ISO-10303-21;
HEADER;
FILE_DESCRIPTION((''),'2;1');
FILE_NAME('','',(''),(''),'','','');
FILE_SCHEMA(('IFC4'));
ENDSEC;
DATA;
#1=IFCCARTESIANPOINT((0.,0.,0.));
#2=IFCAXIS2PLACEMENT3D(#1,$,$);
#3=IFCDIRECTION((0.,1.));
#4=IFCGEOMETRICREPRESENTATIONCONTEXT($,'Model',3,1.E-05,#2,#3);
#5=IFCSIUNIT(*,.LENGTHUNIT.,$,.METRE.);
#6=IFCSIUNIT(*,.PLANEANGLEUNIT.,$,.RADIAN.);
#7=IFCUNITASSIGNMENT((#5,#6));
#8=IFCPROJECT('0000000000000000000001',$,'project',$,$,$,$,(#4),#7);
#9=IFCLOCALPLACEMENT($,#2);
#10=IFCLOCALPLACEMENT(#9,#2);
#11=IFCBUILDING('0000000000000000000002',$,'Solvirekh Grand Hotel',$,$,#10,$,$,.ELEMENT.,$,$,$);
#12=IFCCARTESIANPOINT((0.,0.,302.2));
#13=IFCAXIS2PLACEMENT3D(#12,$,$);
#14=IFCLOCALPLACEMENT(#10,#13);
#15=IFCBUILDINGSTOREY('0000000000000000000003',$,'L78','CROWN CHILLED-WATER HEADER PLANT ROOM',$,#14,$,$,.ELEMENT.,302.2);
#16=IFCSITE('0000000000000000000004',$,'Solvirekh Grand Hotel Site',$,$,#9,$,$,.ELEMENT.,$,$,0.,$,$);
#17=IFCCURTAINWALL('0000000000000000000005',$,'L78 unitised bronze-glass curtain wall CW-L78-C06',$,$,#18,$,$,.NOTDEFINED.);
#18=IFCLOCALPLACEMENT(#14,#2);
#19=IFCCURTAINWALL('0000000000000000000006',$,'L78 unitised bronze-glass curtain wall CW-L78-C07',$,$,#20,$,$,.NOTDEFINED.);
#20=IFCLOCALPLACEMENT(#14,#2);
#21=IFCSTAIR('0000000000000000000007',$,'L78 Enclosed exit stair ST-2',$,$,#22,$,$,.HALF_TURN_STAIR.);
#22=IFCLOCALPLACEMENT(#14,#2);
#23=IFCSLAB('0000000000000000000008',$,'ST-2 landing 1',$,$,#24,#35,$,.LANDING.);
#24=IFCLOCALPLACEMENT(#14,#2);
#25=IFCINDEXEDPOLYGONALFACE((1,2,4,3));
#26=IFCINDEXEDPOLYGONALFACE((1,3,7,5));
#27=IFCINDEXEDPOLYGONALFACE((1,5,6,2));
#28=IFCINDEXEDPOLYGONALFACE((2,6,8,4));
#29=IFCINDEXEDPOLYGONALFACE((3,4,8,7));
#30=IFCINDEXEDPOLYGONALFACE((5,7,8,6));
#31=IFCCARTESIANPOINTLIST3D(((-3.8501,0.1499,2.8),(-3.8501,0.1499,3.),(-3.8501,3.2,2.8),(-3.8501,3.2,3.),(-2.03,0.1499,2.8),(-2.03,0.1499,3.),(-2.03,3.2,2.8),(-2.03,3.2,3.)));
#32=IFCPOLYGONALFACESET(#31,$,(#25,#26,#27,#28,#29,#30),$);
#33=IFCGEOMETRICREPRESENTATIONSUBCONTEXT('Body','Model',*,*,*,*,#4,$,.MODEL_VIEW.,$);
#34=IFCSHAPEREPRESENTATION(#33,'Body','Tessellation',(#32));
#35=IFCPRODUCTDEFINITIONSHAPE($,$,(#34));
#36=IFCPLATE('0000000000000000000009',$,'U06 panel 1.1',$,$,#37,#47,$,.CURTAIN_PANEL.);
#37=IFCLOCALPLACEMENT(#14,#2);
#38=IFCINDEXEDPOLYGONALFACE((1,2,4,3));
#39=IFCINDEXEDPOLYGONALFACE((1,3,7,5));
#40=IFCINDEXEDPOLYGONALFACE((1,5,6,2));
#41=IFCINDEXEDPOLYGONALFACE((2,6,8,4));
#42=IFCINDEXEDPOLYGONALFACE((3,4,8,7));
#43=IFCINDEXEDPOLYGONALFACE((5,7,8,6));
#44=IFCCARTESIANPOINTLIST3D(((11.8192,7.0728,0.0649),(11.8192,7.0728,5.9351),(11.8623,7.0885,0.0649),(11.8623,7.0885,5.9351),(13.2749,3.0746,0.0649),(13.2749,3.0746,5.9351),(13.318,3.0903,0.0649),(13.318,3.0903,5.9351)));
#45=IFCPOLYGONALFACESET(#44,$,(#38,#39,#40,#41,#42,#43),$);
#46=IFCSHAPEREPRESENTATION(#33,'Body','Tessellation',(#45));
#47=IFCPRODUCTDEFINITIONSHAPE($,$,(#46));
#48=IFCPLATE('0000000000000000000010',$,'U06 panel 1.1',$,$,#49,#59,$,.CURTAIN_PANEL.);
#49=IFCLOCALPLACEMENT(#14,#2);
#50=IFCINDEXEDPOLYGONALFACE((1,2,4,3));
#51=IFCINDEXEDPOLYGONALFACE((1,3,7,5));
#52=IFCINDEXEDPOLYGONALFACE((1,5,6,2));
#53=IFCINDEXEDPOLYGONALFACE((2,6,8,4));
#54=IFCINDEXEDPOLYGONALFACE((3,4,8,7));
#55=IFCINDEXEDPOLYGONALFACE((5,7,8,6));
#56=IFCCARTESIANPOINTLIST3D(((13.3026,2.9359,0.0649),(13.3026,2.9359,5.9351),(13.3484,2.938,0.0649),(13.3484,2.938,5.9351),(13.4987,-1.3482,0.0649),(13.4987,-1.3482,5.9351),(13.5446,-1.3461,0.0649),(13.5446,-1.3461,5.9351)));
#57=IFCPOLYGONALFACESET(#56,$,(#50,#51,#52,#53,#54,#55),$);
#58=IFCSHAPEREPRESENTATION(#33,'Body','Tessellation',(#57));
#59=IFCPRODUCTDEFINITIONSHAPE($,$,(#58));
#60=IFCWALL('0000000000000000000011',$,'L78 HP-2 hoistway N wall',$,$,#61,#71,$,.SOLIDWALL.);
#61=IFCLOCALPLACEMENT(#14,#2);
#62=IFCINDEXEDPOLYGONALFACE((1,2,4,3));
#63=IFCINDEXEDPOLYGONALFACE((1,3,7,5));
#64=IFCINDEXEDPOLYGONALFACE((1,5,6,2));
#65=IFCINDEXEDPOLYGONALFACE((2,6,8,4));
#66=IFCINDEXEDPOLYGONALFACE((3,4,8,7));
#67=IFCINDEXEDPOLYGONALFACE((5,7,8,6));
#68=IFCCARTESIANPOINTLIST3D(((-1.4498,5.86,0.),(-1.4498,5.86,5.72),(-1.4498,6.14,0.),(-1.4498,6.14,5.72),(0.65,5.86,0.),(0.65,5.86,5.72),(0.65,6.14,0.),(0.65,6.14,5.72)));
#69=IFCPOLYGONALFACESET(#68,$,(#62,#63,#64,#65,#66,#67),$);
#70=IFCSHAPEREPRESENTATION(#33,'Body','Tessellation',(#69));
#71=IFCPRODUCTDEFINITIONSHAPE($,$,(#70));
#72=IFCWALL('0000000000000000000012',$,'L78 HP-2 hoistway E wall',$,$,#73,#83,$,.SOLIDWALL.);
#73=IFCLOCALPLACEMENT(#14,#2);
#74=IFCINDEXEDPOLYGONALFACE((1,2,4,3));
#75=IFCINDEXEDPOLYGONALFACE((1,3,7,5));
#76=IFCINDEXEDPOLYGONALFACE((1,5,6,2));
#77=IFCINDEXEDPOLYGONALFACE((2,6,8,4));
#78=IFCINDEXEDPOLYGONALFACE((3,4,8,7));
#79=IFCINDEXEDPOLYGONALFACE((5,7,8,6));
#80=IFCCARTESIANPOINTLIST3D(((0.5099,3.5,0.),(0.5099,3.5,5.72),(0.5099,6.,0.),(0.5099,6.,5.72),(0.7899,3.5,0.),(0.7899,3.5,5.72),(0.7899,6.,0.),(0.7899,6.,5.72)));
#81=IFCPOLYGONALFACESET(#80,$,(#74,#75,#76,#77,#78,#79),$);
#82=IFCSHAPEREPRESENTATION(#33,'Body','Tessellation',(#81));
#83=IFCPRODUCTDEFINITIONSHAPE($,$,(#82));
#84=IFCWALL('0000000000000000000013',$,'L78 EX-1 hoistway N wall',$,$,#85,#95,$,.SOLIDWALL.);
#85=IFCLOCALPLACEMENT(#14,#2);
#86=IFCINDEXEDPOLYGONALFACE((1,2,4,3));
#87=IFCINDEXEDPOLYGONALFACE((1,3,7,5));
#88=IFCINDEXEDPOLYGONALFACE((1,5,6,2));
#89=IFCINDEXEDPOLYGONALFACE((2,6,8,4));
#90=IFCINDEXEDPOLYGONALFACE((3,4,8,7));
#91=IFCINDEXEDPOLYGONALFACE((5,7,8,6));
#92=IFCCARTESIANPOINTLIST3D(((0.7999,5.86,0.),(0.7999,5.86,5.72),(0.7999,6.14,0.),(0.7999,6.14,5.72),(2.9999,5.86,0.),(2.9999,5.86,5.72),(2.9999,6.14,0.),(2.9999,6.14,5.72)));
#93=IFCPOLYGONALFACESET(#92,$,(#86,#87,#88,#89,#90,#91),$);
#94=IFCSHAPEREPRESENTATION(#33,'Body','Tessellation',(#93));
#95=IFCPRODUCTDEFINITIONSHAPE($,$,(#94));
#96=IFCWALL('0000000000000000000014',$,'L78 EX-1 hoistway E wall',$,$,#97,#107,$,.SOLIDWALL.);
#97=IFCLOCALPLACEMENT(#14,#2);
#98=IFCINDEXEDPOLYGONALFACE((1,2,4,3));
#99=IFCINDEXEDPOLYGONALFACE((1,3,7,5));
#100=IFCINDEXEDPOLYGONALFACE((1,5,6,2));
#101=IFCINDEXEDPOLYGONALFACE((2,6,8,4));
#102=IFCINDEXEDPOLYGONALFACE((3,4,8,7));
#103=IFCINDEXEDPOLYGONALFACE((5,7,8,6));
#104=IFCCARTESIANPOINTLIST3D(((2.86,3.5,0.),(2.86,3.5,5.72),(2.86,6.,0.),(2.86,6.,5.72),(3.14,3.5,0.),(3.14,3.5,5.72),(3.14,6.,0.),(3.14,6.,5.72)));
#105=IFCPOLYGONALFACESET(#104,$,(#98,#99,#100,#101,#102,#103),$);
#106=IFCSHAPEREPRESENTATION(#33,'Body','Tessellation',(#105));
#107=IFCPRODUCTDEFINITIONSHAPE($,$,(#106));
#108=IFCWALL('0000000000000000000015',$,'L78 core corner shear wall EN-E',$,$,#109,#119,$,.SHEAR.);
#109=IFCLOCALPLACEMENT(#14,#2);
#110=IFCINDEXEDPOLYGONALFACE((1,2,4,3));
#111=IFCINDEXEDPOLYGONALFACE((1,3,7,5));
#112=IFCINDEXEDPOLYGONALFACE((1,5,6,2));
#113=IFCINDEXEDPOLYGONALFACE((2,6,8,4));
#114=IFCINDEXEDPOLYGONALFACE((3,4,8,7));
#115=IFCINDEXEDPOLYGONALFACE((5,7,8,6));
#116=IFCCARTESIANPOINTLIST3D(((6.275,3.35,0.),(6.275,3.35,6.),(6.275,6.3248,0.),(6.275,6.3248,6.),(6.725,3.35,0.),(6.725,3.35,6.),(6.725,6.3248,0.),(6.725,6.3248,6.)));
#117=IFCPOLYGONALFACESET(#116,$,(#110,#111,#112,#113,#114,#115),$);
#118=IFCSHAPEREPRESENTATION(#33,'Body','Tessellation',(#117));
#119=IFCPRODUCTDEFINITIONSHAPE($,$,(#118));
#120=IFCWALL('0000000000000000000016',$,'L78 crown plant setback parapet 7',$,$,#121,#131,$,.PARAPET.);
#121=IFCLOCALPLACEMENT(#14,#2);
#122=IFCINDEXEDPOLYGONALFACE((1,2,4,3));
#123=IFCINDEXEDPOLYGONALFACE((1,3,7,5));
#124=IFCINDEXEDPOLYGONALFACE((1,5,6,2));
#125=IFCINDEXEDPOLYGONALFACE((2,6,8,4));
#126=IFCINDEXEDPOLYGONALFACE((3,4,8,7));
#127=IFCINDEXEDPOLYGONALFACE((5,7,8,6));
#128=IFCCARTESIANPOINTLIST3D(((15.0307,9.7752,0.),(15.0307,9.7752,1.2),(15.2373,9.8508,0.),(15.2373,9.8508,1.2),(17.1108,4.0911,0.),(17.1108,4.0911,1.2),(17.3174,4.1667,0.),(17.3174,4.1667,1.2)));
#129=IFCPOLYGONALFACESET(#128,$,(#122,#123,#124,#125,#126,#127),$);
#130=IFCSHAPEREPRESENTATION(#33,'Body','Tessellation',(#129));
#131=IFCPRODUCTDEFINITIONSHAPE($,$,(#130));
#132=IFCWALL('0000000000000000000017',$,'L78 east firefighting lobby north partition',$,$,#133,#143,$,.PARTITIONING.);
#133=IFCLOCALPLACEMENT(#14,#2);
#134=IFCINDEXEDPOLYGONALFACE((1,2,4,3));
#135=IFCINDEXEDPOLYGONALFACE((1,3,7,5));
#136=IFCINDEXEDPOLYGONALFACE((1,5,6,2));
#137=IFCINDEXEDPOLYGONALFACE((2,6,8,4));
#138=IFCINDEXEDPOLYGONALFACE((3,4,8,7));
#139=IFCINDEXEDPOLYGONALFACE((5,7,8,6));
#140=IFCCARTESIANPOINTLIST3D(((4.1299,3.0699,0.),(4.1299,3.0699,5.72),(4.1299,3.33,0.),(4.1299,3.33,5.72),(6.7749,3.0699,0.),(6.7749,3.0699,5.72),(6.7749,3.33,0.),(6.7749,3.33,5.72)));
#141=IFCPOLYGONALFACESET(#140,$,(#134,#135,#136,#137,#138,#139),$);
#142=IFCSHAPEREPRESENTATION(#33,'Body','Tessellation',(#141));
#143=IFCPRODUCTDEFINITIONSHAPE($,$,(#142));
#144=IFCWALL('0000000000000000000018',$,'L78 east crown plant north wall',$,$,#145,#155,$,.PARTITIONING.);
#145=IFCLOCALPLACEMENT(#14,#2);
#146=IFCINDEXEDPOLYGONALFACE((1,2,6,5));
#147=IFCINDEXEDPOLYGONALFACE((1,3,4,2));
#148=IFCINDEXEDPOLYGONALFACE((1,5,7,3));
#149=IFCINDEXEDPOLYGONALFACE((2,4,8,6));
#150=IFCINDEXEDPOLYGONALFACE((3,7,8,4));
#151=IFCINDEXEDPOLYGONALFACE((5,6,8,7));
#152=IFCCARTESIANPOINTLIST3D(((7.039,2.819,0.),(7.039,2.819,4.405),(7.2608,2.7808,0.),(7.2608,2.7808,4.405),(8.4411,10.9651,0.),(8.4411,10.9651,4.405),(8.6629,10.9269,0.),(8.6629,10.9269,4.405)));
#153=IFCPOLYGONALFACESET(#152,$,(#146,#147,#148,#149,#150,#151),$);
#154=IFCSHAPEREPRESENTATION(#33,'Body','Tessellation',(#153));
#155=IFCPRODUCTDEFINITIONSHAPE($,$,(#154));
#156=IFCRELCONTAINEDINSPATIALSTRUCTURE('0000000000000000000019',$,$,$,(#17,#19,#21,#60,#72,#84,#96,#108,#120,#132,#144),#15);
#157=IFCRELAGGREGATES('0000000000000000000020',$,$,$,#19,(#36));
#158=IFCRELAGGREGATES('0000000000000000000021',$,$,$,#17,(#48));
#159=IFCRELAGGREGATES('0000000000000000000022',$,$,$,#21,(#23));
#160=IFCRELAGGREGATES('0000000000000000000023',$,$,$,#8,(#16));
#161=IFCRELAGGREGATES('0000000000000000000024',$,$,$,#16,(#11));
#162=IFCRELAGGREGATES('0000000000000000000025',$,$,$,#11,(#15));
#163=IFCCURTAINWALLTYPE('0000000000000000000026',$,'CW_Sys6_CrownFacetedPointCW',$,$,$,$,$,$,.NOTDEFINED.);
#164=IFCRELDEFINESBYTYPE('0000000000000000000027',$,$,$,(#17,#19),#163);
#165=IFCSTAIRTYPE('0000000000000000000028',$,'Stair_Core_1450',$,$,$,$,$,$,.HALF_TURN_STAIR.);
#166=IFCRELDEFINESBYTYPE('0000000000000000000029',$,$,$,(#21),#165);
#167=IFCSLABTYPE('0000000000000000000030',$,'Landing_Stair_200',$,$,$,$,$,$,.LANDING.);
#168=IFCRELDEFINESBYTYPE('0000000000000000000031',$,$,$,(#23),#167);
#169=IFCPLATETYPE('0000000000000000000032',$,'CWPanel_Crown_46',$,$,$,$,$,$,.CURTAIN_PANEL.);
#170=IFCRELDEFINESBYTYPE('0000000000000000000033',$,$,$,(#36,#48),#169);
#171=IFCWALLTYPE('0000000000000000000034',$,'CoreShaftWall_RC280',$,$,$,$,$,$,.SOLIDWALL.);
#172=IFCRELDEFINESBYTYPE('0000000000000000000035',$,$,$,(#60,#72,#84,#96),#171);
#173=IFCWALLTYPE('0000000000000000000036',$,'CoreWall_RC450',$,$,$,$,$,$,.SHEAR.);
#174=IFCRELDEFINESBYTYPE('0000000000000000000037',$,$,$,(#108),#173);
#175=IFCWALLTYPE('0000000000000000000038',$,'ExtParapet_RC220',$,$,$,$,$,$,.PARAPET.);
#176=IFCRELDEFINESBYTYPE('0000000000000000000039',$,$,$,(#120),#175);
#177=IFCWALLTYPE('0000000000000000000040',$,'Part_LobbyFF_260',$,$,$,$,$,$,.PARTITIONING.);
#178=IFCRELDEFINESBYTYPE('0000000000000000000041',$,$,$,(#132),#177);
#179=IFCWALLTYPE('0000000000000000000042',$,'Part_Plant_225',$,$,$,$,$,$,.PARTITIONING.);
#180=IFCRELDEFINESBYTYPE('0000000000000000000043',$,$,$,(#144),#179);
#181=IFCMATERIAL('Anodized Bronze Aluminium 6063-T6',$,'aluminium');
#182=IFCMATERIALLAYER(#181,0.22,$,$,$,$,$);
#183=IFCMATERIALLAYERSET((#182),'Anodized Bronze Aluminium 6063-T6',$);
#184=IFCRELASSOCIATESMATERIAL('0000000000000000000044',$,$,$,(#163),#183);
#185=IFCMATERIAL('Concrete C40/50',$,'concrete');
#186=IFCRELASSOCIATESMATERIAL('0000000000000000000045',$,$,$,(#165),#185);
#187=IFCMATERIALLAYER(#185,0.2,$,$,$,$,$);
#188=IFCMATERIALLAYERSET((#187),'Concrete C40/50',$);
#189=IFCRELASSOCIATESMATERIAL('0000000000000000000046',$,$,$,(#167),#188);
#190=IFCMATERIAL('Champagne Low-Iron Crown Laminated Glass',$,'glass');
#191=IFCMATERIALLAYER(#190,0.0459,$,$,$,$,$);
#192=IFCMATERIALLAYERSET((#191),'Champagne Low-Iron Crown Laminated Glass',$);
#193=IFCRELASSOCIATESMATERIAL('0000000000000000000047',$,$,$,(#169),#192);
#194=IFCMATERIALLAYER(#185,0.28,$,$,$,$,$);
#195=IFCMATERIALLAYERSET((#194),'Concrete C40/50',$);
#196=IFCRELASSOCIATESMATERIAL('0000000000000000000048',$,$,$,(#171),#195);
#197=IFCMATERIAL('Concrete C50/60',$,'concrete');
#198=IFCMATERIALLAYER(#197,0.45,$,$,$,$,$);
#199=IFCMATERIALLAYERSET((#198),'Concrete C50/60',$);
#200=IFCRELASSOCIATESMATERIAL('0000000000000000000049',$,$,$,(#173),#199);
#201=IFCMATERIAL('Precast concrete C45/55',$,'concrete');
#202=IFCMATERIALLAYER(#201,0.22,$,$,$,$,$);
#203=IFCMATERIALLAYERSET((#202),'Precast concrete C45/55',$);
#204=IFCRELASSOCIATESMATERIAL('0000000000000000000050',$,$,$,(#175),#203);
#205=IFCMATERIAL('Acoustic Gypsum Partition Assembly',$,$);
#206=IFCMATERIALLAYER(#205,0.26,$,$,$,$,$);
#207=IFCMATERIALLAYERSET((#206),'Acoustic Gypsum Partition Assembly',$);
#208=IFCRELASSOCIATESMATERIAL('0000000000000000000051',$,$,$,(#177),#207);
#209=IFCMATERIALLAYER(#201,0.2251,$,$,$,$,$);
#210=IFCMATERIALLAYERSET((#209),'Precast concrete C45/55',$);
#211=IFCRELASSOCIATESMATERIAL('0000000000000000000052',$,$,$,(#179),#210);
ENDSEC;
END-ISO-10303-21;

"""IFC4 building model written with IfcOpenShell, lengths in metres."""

from ifc_helpers import new_model, si_unit, direction, frame, frame_2d, origin, origin_2d, place, context, subcontext, project, spatial, polyline, rectangle, outline, extrude, source, transform, mapped, material, layer, layer_set, type_object, element, aggregate, save


model = new_model("IFC4")

# Units and contexts
model_context = context("Model", 3, precision=1e-05, world=origin(), true_north=direction((0.0, 1.0)))
body_context = subcontext(model_context, "Body", "Model", "MODEL_VIEW")
ifc_project = project(units=[si_unit("LENGTHUNIT", "METRE"), si_unit("PLANEANGLEUNIT", "RADIAN")], contexts=[model_context])

# Site, building, storey
site_placement = place(None, origin())
site = spatial("IfcSite", under=ifc_project, at=site_placement, Name="Solvirekh Grand Hotel Site", CompositionType="ELEMENT", RefElevation=0.0)
building_placement = place(site_placement, origin())
building = spatial("IfcBuilding", under=site, at=building_placement, Name="Solvirekh Grand Hotel", CompositionType="ELEMENT")
storey_placement = place(building_placement, frame((0.0, 0.0, 302.2)))
storey = spatial("IfcBuildingStorey", under=building, at=storey_placement, Name="L78", Description="CROWN CHILLED-WATER HEADER PLANT ROOM", CompositionType="ELEMENT", Elevation=302.2)

# Shared definitions
ifc_material_1 = material(Name="Concrete C50/60", Category="concrete")

# Curtain wall
ifc_material_2 = material(Name="Anodized Bronze Aluminium 6063-T6", Category="aluminium")
ifc_layer_1 = layer(ifc_material_2, 0.22)
ifc_layer_set_1 = layer_set([ifc_layer_1], Name="Anodized Bronze Aluminium 6063-T6")
curtain_wall_type = type_object("IfcCurtainWallType", Name="CW_Sys6_CrownFacetedPointCW", PredefinedType="NOTDEFINED", material=ifc_layer_set_1)
curtain_wall_1_placement = place(storey_placement, origin())
curtain_wall_1 = element("IfcCurtainWall", 1, at=curtain_wall_1_placement, inside=storey, type_object=curtain_wall_type, Name="L78 unitised bronze-glass curtain wall CW-L78-C06", PredefinedType="NOTDEFINED")

# Curtain wall
curtain_wall_2_placement = place(storey_placement, origin())
curtain_wall_2 = element("IfcCurtainWall", 2, at=curtain_wall_2_placement, inside=storey, type_object=curtain_wall_type, Name="L78 unitised bronze-glass curtain wall CW-L78-C07", PredefinedType="NOTDEFINED")

# Stair, slab
ifc_material_3 = material(Name="Concrete C40/50", Category="concrete")
stair_type = type_object("IfcStairType", Name="Stair_Core_1450", PredefinedType="HALF_TURN_STAIR", material=ifc_material_3)
stair_placement = place(storey_placement, origin())
stair = element("IfcStair", 3, at=stair_placement, inside=storey, type_object=stair_type, Name="L78 Enclosed exit stair ST-2", PredefinedType="HALF_TURN_STAIR")
ifc_layer_2 = layer(ifc_material_3, 0.2)
ifc_layer_set_2 = layer_set([ifc_layer_2], Name="Concrete C40/50")
slab_type = type_object("IfcSlabType", Name="Landing_Stair_200", PredefinedType="LANDING", material=ifc_layer_set_2)
slab_placement = place(storey_placement, frame((0.0, 0.0, 2.8)))
slab = element("IfcSlab", 4, at=slab_placement, type_object=slab_type, Name="ST-2 landing 1", PredefinedType="LANDING", context=body_context, shape_type="SweptSolid", body=[
    extrude(outline(polyline([(-2.03, 3.2), (-3.8501, 3.2), (-3.8501, 0.1499), (-2.03, 0.1499), (-2.03, 3.2)])), origin(), (0.0, 0.0, 1.0), 0.2),
])

# Plates
ifc_material_4 = material(Name="Champagne Low-Iron Crown Laminated Glass", Category="glass")
ifc_layer_3 = layer(ifc_material_4, 0.0459)
ifc_layer_set_3 = layer_set([ifc_layer_3], Name="Champagne Low-Iron Crown Laminated Glass")
plate_type = type_object("IfcPlateType", Name="CWPanel_Crown_46", PredefinedType="CURTAIN_PANEL", material=ifc_layer_set_3)
shared_shape_1 = source(origin(), body_context, "Body", "SweptSolid", [
    extrude(rectangle(XDim=4.2549, YDim=0.0459, at=origin_2d()), origin(), (0.0, 0.0, 1.0), 5.8701),
])
plate_1_placement = place(storey_placement, frame((12.5686, 5.0815, 0.0649), z_axis=(0.0, 0.0, 1.0), x_axis=(-0.342126, 0.939654, 0.0)))
plate_1 = element("IfcPlate", 5, at=plate_1_placement, type_object=plate_type, Name="U06 panel 1.1", PredefinedType="CURTAIN_PANEL", context=body_context, shape_type="MappedRepresentation", body=[
    mapped(shared_shape_1, transform((0.0, 0.0, 0.0), x_axis=(1.0, 0.0, 0.0), y_axis=(0.0, 1.0, 0.0), z_axis=(0.0, 0.0, 1.0), scale=1.0)),
])
aggregate(curtain_wall_2, [plate_1])
shared_shape_2 = source(origin(), body_context, "Body", "SweptSolid", [
    extrude(rectangle(XDim=4.2886, YDim=0.0459, at=origin_2d()), origin(), (0.0, 0.0, 1.0), 5.8701),
])
plate_2_placement = place(storey_placement, frame((13.4236, 0.7949, 0.0649), z_axis=(0.0, 0.0, 1.0), x_axis=(-0.045735, 0.998954, 0.0)))
plate_2 = element("IfcPlate", 6, at=plate_2_placement, type_object=plate_type, Name="U06 panel 1.1", PredefinedType="CURTAIN_PANEL", context=body_context, shape_type="MappedRepresentation", body=[
    mapped(shared_shape_2, transform((0.0, 0.0, 0.0), x_axis=(1.0, 0.0, 0.0), y_axis=(0.0, 1.0, 0.0), z_axis=(0.0, 0.0, 1.0), scale=1.0)),
])
aggregate(curtain_wall_1, [plate_2])

# Walls
ifc_layer_4 = layer(ifc_material_3, 0.28)
ifc_layer_set_4 = layer_set([ifc_layer_4], Name="Concrete C40/50")
wall_type_1 = type_object("IfcWallType", Name="CoreShaftWall_RC280", PredefinedType="SOLIDWALL", material=ifc_layer_set_4)
wall_1_placement = place(storey_placement, frame((0.6499, 6.0, 0.0), z_axis=(0.0, 0.0, 1.0), x_axis=(-1.0, 0.0, 0.0)))
element("IfcWall", 7, at=wall_1_placement, inside=storey, type_object=wall_type_1, Name="L78 HP-2 hoistway N wall", PredefinedType="SOLIDWALL", context=body_context, shape_type="SweptSolid", body=[
    extrude(rectangle(XDim=2.0999, YDim=0.28, at=frame_2d((1.0498, 0.0))), origin(), (0.0, 0.0, 1.0), 5.72),
])
wall_2_placement = place(storey_placement, frame((0.6499, 3.5, 0.0), z_axis=(0.0, 0.0, 1.0), x_axis=(0.0, 1.0, 0.0)))
element("IfcWall", 8, at=wall_2_placement, inside=storey, type_object=wall_type_1, Name="L78 HP-2 hoistway E wall", PredefinedType="SOLIDWALL", context=body_context, shape_type="SweptSolid", body=[
    extrude(rectangle(XDim=2.5, YDim=0.28, at=frame_2d((1.25, 0.0))), origin(), (0.0, 0.0, 1.0), 5.72),
])
wall_3_placement = place(storey_placement, frame((3.0, 6.0, 0.0), z_axis=(0.0, 0.0, 1.0), x_axis=(-1.0, 0.0, 0.0)))
element("IfcWall", 9, at=wall_3_placement, inside=storey, type_object=wall_type_1, Name="L78 EX-1 hoistway N wall", PredefinedType="SOLIDWALL", context=body_context, shape_type="SweptSolid", body=[
    extrude(rectangle(XDim=2.2, YDim=0.28, at=frame_2d((1.1001, 0.0))), origin(), (0.0, 0.0, 1.0), 5.72),
])
wall_4_placement = place(storey_placement, frame((3.0, 3.5, 0.0), z_axis=(0.0, 0.0, 1.0), x_axis=(0.0, 1.0, 0.0)))
element("IfcWall", 10, at=wall_4_placement, inside=storey, type_object=wall_type_1, Name="L78 EX-1 hoistway E wall", PredefinedType="SOLIDWALL", context=body_context, shape_type="SweptSolid", body=[
    extrude(rectangle(XDim=2.5, YDim=0.28, at=frame_2d((1.25, 0.0))), origin(), (0.0, 0.0, 1.0), 5.72),
])
ifc_layer_5 = layer(ifc_material_1, 0.45)
ifc_layer_set_5 = layer_set([ifc_layer_5], Name="Concrete C50/60")
wall_type_2 = type_object("IfcWallType", Name="CoreWall_RC450", PredefinedType="SHEAR", material=ifc_layer_set_5)
wall_5_placement = place(storey_placement, frame((6.5, 3.3501, 0.0), z_axis=(0.0, 0.0, 1.0), x_axis=(0.0, 1.0, 0.0)))
element("IfcWall", 11, at=wall_5_placement, inside=storey, type_object=wall_type_2, Name="L78 core corner shear wall EN-E", PredefinedType="SHEAR", context=body_context, shape_type="SweptSolid", body=[
    extrude(rectangle(XDim=2.9749, YDim=0.45, at=frame_2d((1.4873, 0.0))), origin(), (0.0, 0.0, 1.0), 6.0),
])
ifc_material_5 = material(Name="Precast concrete C45/55", Category="concrete")
ifc_layer_6 = layer(ifc_material_5, 0.22)
ifc_layer_set_6 = layer_set([ifc_layer_6], Name="Precast concrete C45/55")
wall_type_3 = type_object("IfcWallType", Name="ExtParapet_RC220", PredefinedType="PARAPET", material=ifc_layer_set_6)
wall_6_placement = place(storey_placement, frame((17.2141, 4.1289, 0.0), z_axis=(0.0, 0.0, 1.0), x_axis=(-0.34366, 0.939094, 0.0)))
element("IfcWall", 12, at=wall_6_placement, inside=storey, type_object=wall_type_3, Name="L78 crown plant setback parapet 7", PredefinedType="PARAPET", context=body_context, shape_type="SweptSolid", body=[
    extrude(rectangle(XDim=6.0527, YDim=0.22, at=frame_2d((3.0264, 0.0))), origin(), (0.0, 0.0, 1.0), 1.2),
])
ifc_material_6 = material(Name="Acoustic Gypsum Partition Assembly")
ifc_layer_7 = layer(ifc_material_6, 0.26)
ifc_layer_set_7 = layer_set([ifc_layer_7], Name="Acoustic Gypsum Partition Assembly")
wall_type_4 = type_object("IfcWallType", Name="Part_LobbyFF_260", PredefinedType="PARTITIONING", material=ifc_layer_set_7)
wall_7_placement = place(storey_placement, frame((4.1299, 3.2, 0.0), z_axis=(0.0, 0.0, 1.0), x_axis=(1.0, 0.0, 0.0)))
element("IfcWall", 13, at=wall_7_placement, inside=storey, type_object=wall_type_4, Name="L78 east firefighting lobby north partition", PredefinedType="PARTITIONING", context=body_context, shape_type="SweptSolid", body=[
    extrude(rectangle(XDim=2.645, YDim=0.26, at=frame_2d((1.3225, 0.0))), origin(), (0.0, 0.0, 1.0), 5.72),
])
ifc_layer_8 = layer(ifc_material_5, 0.2251)
ifc_layer_set_8 = layer_set([ifc_layer_8], Name="Precast concrete C45/55")
wall_type_5 = type_object("IfcWallType", Name="Part_Plant_225", PredefinedType="PARTITIONING", material=ifc_layer_set_8)
wall_8_placement = place(storey_placement, frame((7.1499, 2.8, 0.0), z_axis=(0.0, 0.0, 1.0), x_axis=(0.169627, 0.985508, 0.0)))
element("IfcWall", 14, at=wall_8_placement, inside=storey, type_object=wall_type_5, Name="L78 east crown plant north wall", PredefinedType="PARTITIONING", context=body_context, shape_type="SweptSolid", body=[
    extrude(rectangle(XDim=8.2659, YDim=0.2251, at=frame_2d((4.1328, 0.0))), origin(), (0.0, 0.0, 1.0), 4.405),
])

aggregate(stair, [slab])

save(model, "model.ifc")
